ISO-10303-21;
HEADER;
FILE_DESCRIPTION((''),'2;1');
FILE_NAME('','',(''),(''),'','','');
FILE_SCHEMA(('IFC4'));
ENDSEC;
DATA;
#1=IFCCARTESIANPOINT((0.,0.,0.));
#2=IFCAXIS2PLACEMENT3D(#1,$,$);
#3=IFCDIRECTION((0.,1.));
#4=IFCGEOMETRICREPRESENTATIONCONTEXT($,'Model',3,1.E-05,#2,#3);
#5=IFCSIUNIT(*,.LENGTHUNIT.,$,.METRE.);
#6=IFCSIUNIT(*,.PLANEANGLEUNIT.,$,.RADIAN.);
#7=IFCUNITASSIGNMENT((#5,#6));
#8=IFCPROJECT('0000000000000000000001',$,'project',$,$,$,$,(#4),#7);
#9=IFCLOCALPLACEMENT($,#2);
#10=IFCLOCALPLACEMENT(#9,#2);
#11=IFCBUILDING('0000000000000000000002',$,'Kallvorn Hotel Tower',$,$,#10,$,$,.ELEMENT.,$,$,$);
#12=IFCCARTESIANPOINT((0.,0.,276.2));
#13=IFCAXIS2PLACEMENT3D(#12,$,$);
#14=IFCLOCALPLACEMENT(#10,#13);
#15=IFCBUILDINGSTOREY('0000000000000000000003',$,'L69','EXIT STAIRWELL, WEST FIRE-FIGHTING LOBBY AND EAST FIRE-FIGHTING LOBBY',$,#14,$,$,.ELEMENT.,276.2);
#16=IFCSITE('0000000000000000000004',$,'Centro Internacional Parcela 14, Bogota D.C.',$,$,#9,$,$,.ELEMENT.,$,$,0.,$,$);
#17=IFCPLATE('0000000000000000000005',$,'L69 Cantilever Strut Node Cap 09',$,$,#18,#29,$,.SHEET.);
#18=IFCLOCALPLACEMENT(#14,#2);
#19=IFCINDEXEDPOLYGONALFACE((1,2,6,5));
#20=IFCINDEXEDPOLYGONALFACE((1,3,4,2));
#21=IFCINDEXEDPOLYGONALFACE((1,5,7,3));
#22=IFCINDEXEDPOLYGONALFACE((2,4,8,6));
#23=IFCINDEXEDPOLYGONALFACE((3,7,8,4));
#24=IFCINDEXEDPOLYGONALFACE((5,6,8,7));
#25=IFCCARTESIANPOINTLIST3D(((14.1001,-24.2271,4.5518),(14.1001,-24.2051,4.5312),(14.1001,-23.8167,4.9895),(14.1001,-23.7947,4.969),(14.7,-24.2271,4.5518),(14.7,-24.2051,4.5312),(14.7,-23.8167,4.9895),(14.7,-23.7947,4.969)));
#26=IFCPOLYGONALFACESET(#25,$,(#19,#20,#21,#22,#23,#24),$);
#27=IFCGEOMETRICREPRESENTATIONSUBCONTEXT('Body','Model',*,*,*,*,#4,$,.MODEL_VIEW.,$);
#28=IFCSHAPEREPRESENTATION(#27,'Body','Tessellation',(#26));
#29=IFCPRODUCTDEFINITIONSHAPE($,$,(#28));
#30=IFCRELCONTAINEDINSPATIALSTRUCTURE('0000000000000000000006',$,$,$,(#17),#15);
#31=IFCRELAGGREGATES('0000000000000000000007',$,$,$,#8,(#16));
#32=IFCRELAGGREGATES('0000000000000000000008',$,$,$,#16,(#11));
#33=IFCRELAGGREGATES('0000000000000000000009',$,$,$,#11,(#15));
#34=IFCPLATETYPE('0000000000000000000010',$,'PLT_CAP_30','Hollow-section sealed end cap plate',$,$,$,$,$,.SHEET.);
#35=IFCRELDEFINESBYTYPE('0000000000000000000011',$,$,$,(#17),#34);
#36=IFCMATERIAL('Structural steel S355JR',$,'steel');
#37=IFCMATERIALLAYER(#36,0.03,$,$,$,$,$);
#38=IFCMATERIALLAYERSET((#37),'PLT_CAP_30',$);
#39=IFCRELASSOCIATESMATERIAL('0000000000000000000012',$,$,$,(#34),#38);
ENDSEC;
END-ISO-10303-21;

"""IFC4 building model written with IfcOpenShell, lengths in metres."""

from ifc_helpers import new_model, si_unit, direction, frame, origin, place, context, subcontext, project, spatial, polyline, outline, extrude, material, layer, layer_set, type_object, element, save


model = new_model("IFC4")

# Units and contexts
model_context = context("Model", 3, precision=1e-05, world=origin(), true_north=direction((0.0, 1.0)))
body_context = subcontext(model_context, "Body", "Model", "MODEL_VIEW")
ifc_project = project(units=[si_unit("LENGTHUNIT", "METRE"), si_unit("PLANEANGLEUNIT", "RADIAN")], contexts=[model_context])

# Site, building, storey
site_placement = place(None, origin())
site = spatial("IfcSite", under=ifc_project, at=site_placement, Name="Centro Internacional Parcela 14, Bogota D.C.", CompositionType="ELEMENT", RefElevation=0.0)
building_placement = place(site_placement, origin())
building = spatial("IfcBuilding", under=site, at=building_placement, Name="Kallvorn Hotel Tower", CompositionType="ELEMENT")
storey_placement = place(building_placement, frame((0.0, 0.0, 276.2)))
storey = spatial("IfcBuildingStorey", under=building, at=storey_placement, Name="L69", Description="EXIT STAIRWELL, WEST FIRE-FIGHTING LOBBY AND EAST FIRE-FIGHTING LOBBY", CompositionType="ELEMENT", Elevation=276.2)

# Plate
ifc_material_1 = material(Name="Structural steel S355JR", Category="steel")
ifc_layer = layer(ifc_material_1, 0.03)
ifc_layer_set = layer_set([ifc_layer], Name="PLT_CAP_30")
plate_type = type_object("IfcPlateType", Name="PLT_CAP_30", Description="Hollow-section sealed end cap plate", PredefinedType="SHEET", material=ifc_layer_set)
plate_1_placement = place(storey_placement, frame((14.1001, -24.2271, 4.5518), z_axis=(0.0, -0.729525, 0.683955), x_axis=(1.0, 0.0, 0.0)))
element("IfcPlate", 1, at=plate_1_placement, inside=storey, type_object=plate_type, Name="L69 Cantilever Strut Node Cap 09", PredefinedType="SHEET", context=body_context, shape_type="SweptSolid", body=[
    extrude(outline(polyline([(0.0, 0.0), (0.5999, 0.0), (0.5999, 0.6), (0.0, 0.6), (0.0, 0.0)])), origin(), (0.0, 0.0, -1.0), 0.03),
])

save(model, "model.ifc")
